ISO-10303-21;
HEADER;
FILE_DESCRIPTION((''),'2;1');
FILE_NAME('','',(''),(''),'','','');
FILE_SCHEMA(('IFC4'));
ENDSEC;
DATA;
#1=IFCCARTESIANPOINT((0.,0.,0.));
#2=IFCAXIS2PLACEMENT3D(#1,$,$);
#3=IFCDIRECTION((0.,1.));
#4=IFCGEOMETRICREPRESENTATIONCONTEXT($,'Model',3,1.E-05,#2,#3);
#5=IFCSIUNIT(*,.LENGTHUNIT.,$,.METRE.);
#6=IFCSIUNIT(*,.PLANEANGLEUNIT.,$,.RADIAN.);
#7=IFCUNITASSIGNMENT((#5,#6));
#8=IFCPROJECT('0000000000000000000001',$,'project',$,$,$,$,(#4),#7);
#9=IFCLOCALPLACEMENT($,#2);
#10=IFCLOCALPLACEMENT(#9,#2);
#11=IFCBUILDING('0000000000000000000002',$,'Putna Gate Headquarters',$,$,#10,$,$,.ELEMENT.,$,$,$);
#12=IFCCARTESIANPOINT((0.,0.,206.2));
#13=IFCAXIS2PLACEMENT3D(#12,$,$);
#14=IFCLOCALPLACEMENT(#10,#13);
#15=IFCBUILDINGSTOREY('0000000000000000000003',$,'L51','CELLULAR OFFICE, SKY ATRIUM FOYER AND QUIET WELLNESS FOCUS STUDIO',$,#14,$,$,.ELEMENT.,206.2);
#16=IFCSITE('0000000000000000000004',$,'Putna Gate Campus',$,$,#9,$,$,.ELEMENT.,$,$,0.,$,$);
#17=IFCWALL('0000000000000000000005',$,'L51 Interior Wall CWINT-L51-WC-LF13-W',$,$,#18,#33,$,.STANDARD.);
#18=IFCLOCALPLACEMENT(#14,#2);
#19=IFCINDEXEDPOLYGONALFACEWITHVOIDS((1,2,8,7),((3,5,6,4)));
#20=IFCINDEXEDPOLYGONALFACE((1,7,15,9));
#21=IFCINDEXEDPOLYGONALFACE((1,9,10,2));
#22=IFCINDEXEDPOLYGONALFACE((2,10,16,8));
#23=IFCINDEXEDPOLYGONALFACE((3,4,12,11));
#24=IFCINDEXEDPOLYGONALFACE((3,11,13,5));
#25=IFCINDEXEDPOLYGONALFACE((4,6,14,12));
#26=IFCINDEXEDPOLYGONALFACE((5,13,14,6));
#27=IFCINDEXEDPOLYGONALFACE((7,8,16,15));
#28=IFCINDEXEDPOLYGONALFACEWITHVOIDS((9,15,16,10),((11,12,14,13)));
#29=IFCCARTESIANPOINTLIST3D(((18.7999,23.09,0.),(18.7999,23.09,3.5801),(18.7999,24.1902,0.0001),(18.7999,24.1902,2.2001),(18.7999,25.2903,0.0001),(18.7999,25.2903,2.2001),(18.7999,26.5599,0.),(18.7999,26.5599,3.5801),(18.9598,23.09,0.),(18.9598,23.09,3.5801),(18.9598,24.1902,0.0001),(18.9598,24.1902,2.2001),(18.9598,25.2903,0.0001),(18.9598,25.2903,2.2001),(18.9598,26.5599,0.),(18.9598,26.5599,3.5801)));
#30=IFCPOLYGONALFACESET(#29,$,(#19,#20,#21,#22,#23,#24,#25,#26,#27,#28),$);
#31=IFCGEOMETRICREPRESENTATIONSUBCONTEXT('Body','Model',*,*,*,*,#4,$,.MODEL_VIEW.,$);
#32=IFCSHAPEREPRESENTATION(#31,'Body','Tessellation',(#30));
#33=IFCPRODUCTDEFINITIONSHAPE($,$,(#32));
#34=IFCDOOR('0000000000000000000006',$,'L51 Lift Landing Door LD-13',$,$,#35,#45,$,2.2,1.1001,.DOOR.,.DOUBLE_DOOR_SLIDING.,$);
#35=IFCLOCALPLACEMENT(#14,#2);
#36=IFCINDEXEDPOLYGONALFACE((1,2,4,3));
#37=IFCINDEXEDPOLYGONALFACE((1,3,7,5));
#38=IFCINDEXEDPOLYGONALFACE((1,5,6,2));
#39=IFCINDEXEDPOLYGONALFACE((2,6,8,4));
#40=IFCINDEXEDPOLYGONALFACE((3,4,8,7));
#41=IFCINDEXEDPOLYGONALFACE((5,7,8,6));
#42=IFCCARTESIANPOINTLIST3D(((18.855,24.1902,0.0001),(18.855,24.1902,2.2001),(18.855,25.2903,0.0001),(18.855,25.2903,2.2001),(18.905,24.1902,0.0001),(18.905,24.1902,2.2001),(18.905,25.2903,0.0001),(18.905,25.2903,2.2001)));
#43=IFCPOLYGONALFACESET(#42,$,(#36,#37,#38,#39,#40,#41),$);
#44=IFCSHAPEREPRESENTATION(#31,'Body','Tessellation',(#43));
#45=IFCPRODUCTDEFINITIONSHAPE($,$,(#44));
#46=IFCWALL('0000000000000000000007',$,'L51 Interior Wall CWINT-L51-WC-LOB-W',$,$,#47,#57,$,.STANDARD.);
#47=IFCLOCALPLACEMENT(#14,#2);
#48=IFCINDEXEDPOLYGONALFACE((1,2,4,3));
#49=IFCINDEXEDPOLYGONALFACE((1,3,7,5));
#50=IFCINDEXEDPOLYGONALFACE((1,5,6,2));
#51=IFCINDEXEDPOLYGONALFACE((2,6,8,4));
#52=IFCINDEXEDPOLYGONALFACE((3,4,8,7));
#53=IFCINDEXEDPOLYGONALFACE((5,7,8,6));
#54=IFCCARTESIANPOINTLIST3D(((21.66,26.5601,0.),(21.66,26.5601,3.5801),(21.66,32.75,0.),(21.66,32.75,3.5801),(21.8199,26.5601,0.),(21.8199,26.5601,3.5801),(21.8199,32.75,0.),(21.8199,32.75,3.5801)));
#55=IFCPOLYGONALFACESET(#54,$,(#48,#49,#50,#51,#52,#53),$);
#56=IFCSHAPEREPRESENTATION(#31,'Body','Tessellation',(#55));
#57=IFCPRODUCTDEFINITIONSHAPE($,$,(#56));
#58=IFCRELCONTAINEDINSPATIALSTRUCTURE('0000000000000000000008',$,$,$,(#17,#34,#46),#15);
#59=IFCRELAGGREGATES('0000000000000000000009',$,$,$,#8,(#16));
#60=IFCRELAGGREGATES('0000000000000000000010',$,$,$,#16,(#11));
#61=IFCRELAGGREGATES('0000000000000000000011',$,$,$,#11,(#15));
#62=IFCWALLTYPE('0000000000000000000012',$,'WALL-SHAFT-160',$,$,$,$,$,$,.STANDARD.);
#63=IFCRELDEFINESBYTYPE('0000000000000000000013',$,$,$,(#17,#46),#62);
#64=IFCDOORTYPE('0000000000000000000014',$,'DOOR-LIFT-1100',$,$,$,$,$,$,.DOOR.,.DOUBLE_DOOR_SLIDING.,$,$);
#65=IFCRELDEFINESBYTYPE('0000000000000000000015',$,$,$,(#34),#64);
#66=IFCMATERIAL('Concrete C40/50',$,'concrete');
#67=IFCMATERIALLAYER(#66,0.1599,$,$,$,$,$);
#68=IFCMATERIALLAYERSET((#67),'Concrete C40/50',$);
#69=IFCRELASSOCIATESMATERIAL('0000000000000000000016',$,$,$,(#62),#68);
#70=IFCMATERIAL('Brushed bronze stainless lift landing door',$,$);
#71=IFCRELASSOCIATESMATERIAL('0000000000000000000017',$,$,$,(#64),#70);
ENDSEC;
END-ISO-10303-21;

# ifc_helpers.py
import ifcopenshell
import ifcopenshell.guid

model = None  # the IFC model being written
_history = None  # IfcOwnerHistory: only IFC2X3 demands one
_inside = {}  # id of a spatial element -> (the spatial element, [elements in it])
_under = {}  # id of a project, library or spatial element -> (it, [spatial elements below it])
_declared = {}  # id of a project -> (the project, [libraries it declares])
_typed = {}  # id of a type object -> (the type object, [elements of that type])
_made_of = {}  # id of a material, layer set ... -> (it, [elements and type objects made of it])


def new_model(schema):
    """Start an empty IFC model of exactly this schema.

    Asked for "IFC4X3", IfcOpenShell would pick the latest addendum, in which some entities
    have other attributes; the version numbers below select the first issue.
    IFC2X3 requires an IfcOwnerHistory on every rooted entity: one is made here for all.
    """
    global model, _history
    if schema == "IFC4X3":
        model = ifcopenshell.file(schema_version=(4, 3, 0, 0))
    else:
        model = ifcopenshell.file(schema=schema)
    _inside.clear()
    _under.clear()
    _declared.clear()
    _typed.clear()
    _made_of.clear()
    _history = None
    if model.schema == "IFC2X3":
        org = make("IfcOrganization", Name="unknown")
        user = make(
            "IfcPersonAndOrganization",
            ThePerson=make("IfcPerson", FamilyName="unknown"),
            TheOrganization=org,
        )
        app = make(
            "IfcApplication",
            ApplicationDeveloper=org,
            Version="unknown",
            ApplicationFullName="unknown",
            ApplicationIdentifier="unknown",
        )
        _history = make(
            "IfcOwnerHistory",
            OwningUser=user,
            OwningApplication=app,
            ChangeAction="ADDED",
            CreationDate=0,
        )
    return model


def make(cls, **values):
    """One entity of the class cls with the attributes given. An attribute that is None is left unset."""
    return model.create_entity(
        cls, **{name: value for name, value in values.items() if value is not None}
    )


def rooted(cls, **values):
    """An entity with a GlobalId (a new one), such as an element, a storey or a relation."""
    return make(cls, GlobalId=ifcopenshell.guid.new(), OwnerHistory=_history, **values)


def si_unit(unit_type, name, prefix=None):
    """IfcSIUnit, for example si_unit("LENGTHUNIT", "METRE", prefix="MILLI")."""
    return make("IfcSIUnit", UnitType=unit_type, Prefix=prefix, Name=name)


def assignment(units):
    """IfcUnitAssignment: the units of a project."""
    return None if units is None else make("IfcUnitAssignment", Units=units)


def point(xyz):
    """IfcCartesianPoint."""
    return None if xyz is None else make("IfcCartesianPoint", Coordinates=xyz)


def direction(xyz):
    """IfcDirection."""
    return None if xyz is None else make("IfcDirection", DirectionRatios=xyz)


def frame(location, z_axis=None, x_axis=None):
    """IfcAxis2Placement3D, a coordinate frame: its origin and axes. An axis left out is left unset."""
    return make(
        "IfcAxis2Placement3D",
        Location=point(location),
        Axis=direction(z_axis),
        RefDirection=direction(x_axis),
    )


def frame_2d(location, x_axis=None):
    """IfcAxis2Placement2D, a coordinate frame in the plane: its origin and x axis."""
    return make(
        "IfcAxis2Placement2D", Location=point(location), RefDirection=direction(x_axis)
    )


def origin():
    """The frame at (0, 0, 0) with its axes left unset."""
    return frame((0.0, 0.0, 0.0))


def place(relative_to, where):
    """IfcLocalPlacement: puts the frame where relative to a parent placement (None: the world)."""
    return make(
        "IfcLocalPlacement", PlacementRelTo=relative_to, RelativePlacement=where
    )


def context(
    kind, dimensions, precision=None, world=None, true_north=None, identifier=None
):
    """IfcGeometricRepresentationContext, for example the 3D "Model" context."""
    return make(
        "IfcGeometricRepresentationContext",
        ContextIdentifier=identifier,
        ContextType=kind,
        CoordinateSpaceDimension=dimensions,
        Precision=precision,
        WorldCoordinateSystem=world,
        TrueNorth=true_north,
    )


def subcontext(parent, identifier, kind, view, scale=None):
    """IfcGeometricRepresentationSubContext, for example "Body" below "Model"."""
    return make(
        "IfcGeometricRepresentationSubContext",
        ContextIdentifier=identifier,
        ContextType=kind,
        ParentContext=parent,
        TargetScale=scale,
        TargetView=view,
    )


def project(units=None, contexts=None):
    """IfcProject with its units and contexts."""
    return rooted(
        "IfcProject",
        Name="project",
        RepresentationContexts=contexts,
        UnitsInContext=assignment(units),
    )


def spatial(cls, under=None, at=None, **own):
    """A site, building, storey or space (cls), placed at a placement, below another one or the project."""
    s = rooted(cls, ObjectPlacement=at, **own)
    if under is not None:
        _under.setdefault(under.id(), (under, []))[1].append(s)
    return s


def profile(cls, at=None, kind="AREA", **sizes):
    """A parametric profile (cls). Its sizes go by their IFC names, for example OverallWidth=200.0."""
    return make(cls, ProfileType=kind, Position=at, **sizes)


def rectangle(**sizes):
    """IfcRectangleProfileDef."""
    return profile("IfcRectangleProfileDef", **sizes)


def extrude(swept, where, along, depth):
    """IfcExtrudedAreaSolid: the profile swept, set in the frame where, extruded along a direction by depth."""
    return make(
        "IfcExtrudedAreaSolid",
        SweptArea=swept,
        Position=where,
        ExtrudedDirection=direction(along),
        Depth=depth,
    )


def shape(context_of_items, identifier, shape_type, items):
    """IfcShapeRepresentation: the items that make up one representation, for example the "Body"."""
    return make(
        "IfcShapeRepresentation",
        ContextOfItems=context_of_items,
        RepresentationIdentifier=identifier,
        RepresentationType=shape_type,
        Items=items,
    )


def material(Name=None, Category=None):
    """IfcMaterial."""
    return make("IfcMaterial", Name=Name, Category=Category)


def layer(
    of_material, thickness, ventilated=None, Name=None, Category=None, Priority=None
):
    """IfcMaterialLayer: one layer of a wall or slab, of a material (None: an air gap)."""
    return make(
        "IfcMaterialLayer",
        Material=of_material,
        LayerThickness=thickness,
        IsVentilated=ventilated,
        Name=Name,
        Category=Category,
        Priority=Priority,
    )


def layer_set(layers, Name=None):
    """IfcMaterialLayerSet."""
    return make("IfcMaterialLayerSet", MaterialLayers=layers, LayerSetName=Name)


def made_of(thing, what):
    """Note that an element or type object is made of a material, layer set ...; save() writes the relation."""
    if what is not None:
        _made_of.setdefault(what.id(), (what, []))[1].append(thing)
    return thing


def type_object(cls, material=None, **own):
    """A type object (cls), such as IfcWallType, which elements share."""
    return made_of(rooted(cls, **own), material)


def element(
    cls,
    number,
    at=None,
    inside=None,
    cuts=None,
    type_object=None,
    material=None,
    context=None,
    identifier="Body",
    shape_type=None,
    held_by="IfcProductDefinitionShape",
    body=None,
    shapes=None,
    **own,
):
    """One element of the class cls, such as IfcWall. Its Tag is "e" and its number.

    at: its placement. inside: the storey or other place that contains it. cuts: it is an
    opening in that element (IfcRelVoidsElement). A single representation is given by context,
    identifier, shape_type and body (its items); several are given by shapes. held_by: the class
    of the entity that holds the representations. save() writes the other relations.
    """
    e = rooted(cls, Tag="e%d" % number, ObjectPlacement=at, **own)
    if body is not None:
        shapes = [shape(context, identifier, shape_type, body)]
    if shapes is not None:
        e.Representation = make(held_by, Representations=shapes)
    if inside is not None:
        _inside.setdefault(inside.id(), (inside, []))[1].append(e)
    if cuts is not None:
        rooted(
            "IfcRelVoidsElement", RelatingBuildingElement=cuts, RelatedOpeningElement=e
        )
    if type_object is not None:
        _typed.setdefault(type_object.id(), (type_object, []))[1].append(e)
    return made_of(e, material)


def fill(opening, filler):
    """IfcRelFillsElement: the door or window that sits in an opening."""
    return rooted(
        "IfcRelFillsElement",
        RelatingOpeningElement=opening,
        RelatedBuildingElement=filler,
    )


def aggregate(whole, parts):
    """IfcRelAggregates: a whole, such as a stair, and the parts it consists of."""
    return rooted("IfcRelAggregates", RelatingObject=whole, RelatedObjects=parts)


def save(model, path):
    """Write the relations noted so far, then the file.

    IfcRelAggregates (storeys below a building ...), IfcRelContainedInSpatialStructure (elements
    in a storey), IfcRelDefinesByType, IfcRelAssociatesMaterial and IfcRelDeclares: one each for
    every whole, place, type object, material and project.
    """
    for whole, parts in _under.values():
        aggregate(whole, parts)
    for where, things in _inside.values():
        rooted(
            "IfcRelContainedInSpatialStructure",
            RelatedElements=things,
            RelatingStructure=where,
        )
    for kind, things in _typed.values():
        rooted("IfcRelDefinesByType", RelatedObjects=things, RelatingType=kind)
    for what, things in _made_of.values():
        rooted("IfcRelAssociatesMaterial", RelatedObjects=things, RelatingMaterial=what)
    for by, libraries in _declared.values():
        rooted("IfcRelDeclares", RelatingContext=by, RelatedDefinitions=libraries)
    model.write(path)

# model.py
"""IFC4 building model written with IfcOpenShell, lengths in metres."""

from ifc_helpers import new_model, si_unit, direction, frame, frame_2d, origin, place, context, subcontext, project, spatial, rectangle, extrude, material, layer, layer_set, type_object, element, fill, save


model = new_model("IFC4")

# Units and contexts
model_context = context("Model", 3, precision=1e-05, world=origin(), true_north=direction((0.0, 1.0)))
body_context = subcontext(model_context, "Body", "Model", "MODEL_VIEW")
ifc_project = project(units=[si_unit("LENGTHUNIT", "METRE"), si_unit("PLANEANGLEUNIT", "RADIAN")], contexts=[model_context])

# Site, building, storey
site_placement = place(None, origin())
site = spatial("IfcSite", under=ifc_project, at=site_placement, Name="Putna Gate Campus", CompositionType="ELEMENT", RefElevation=0.0)
building_placement = place(site_placement, origin())
building = spatial("IfcBuilding", under=site, at=building_placement, Name="Putna Gate Headquarters", CompositionType="ELEMENT")
storey_placement = place(building_placement, frame((0.0, 0.0, 206.2)))
storey = spatial("IfcBuildingStorey", under=building, at=storey_placement, Name="L51", Description="CELLULAR OFFICE, SKY ATRIUM FOYER AND QUIET WELLNESS FOCUS STUDIO", CompositionType="ELEMENT", Elevation=206.2)

# Shared definitions
ifc_material_1 = material(Name="Concrete C40/50", Category="concrete")
ifc_layer_1 = layer(ifc_material_1, 0.1599)
ifc_layer_set_1 = layer_set([ifc_layer_1], Name="Concrete C40/50")
wall_type_1 = type_object("IfcWallType", Name="WALL-SHAFT-160", PredefinedType="STANDARD", material=ifc_layer_set_1)

# Wall, opening, door
wall_1_placement = place(storey_placement, frame((18.8799, 23.0901, 0.0), z_axis=(0.0, 0.0, 1.0), x_axis=(0.0, 1.0, 0.0)))
wall_1 = element("IfcWall", 1, at=wall_1_placement, inside=storey, type_object=wall_type_1, Name="L51 Interior Wall CWINT-L51-WC-LF13-W", PredefinedType="STANDARD", context=body_context, shape_type="SweptSolid", body=[
    extrude(rectangle(XDim=3.47, YDim=0.1599, at=frame_2d((1.7349, 0.0))), origin(), (0.0, 0.0, 1.0), 3.5801),
])
opening_1_placement = place(wall_1_placement, frame((1.1001, 0.0, 0.0)))
opening_1 = element("IfcOpeningElement", 2, at=opening_1_placement, cuts=wall_1, PredefinedType="OPENING", context=body_context, shape_type="SweptSolid", body=[
    extrude(rectangle(XDim=1.1001, YDim=2.2, at=frame_2d((0.55, 1.1001))), frame((0.0, 0.0898, 0.0), z_axis=(0.0, -1.0, 0.0), x_axis=(1.0, 0.0, 0.0)), (0.0, 0.0, 1.0), 0.1799),
])
ifc_material_2 = material(Name="Brushed bronze stainless lift landing door")
door_type_1 = type_object("IfcDoorType", Name="DOOR-LIFT-1100", OperationType="DOUBLE_DOOR_SLIDING", PredefinedType="DOOR", material=ifc_material_2)
door_1_placement = place(opening_1_placement, origin())
door_1 = element("IfcDoor", 3, at=door_1_placement, inside=storey, type_object=door_type_1, Name="L51 Lift Landing Door LD-13", OperationType="DOUBLE_DOOR_SLIDING", OverallHeight=2.2, OverallWidth=1.1001, PredefinedType="DOOR", context=body_context, shape_type="SweptSolid", body=[
    extrude(rectangle(XDim=1.1001, YDim=2.2, at=frame_2d((0.55, 1.1001))), frame((0.0, 0.0249, 0.0), z_axis=(0.0, -1.0, 0.0), x_axis=(1.0, 0.0, 0.0)), (0.0, 0.0, 1.0), 0.05),
])
fill(opening_1, door_1)

# Wall
wall_2_placement = place(storey_placement, frame((21.74, 26.5601, 0.0), z_axis=(0.0, 0.0, 1.0), x_axis=(0.0, 1.0, 0.0)))
element("IfcWall", 4, at=wall_2_placement, inside=storey, type_object=wall_type_1, Name="L51 Interior Wall CWINT-L51-WC-LOB-W", PredefinedType="STANDARD", context=body_context, shape_type="SweptSolid", body=[
    extrude(rectangle(XDim=6.1899, YDim=0.1599, at=frame_2d((3.095, 0.0))), origin(), (0.0, 0.0, 1.0), 3.5801),
])

save(model, "model.ifc")
